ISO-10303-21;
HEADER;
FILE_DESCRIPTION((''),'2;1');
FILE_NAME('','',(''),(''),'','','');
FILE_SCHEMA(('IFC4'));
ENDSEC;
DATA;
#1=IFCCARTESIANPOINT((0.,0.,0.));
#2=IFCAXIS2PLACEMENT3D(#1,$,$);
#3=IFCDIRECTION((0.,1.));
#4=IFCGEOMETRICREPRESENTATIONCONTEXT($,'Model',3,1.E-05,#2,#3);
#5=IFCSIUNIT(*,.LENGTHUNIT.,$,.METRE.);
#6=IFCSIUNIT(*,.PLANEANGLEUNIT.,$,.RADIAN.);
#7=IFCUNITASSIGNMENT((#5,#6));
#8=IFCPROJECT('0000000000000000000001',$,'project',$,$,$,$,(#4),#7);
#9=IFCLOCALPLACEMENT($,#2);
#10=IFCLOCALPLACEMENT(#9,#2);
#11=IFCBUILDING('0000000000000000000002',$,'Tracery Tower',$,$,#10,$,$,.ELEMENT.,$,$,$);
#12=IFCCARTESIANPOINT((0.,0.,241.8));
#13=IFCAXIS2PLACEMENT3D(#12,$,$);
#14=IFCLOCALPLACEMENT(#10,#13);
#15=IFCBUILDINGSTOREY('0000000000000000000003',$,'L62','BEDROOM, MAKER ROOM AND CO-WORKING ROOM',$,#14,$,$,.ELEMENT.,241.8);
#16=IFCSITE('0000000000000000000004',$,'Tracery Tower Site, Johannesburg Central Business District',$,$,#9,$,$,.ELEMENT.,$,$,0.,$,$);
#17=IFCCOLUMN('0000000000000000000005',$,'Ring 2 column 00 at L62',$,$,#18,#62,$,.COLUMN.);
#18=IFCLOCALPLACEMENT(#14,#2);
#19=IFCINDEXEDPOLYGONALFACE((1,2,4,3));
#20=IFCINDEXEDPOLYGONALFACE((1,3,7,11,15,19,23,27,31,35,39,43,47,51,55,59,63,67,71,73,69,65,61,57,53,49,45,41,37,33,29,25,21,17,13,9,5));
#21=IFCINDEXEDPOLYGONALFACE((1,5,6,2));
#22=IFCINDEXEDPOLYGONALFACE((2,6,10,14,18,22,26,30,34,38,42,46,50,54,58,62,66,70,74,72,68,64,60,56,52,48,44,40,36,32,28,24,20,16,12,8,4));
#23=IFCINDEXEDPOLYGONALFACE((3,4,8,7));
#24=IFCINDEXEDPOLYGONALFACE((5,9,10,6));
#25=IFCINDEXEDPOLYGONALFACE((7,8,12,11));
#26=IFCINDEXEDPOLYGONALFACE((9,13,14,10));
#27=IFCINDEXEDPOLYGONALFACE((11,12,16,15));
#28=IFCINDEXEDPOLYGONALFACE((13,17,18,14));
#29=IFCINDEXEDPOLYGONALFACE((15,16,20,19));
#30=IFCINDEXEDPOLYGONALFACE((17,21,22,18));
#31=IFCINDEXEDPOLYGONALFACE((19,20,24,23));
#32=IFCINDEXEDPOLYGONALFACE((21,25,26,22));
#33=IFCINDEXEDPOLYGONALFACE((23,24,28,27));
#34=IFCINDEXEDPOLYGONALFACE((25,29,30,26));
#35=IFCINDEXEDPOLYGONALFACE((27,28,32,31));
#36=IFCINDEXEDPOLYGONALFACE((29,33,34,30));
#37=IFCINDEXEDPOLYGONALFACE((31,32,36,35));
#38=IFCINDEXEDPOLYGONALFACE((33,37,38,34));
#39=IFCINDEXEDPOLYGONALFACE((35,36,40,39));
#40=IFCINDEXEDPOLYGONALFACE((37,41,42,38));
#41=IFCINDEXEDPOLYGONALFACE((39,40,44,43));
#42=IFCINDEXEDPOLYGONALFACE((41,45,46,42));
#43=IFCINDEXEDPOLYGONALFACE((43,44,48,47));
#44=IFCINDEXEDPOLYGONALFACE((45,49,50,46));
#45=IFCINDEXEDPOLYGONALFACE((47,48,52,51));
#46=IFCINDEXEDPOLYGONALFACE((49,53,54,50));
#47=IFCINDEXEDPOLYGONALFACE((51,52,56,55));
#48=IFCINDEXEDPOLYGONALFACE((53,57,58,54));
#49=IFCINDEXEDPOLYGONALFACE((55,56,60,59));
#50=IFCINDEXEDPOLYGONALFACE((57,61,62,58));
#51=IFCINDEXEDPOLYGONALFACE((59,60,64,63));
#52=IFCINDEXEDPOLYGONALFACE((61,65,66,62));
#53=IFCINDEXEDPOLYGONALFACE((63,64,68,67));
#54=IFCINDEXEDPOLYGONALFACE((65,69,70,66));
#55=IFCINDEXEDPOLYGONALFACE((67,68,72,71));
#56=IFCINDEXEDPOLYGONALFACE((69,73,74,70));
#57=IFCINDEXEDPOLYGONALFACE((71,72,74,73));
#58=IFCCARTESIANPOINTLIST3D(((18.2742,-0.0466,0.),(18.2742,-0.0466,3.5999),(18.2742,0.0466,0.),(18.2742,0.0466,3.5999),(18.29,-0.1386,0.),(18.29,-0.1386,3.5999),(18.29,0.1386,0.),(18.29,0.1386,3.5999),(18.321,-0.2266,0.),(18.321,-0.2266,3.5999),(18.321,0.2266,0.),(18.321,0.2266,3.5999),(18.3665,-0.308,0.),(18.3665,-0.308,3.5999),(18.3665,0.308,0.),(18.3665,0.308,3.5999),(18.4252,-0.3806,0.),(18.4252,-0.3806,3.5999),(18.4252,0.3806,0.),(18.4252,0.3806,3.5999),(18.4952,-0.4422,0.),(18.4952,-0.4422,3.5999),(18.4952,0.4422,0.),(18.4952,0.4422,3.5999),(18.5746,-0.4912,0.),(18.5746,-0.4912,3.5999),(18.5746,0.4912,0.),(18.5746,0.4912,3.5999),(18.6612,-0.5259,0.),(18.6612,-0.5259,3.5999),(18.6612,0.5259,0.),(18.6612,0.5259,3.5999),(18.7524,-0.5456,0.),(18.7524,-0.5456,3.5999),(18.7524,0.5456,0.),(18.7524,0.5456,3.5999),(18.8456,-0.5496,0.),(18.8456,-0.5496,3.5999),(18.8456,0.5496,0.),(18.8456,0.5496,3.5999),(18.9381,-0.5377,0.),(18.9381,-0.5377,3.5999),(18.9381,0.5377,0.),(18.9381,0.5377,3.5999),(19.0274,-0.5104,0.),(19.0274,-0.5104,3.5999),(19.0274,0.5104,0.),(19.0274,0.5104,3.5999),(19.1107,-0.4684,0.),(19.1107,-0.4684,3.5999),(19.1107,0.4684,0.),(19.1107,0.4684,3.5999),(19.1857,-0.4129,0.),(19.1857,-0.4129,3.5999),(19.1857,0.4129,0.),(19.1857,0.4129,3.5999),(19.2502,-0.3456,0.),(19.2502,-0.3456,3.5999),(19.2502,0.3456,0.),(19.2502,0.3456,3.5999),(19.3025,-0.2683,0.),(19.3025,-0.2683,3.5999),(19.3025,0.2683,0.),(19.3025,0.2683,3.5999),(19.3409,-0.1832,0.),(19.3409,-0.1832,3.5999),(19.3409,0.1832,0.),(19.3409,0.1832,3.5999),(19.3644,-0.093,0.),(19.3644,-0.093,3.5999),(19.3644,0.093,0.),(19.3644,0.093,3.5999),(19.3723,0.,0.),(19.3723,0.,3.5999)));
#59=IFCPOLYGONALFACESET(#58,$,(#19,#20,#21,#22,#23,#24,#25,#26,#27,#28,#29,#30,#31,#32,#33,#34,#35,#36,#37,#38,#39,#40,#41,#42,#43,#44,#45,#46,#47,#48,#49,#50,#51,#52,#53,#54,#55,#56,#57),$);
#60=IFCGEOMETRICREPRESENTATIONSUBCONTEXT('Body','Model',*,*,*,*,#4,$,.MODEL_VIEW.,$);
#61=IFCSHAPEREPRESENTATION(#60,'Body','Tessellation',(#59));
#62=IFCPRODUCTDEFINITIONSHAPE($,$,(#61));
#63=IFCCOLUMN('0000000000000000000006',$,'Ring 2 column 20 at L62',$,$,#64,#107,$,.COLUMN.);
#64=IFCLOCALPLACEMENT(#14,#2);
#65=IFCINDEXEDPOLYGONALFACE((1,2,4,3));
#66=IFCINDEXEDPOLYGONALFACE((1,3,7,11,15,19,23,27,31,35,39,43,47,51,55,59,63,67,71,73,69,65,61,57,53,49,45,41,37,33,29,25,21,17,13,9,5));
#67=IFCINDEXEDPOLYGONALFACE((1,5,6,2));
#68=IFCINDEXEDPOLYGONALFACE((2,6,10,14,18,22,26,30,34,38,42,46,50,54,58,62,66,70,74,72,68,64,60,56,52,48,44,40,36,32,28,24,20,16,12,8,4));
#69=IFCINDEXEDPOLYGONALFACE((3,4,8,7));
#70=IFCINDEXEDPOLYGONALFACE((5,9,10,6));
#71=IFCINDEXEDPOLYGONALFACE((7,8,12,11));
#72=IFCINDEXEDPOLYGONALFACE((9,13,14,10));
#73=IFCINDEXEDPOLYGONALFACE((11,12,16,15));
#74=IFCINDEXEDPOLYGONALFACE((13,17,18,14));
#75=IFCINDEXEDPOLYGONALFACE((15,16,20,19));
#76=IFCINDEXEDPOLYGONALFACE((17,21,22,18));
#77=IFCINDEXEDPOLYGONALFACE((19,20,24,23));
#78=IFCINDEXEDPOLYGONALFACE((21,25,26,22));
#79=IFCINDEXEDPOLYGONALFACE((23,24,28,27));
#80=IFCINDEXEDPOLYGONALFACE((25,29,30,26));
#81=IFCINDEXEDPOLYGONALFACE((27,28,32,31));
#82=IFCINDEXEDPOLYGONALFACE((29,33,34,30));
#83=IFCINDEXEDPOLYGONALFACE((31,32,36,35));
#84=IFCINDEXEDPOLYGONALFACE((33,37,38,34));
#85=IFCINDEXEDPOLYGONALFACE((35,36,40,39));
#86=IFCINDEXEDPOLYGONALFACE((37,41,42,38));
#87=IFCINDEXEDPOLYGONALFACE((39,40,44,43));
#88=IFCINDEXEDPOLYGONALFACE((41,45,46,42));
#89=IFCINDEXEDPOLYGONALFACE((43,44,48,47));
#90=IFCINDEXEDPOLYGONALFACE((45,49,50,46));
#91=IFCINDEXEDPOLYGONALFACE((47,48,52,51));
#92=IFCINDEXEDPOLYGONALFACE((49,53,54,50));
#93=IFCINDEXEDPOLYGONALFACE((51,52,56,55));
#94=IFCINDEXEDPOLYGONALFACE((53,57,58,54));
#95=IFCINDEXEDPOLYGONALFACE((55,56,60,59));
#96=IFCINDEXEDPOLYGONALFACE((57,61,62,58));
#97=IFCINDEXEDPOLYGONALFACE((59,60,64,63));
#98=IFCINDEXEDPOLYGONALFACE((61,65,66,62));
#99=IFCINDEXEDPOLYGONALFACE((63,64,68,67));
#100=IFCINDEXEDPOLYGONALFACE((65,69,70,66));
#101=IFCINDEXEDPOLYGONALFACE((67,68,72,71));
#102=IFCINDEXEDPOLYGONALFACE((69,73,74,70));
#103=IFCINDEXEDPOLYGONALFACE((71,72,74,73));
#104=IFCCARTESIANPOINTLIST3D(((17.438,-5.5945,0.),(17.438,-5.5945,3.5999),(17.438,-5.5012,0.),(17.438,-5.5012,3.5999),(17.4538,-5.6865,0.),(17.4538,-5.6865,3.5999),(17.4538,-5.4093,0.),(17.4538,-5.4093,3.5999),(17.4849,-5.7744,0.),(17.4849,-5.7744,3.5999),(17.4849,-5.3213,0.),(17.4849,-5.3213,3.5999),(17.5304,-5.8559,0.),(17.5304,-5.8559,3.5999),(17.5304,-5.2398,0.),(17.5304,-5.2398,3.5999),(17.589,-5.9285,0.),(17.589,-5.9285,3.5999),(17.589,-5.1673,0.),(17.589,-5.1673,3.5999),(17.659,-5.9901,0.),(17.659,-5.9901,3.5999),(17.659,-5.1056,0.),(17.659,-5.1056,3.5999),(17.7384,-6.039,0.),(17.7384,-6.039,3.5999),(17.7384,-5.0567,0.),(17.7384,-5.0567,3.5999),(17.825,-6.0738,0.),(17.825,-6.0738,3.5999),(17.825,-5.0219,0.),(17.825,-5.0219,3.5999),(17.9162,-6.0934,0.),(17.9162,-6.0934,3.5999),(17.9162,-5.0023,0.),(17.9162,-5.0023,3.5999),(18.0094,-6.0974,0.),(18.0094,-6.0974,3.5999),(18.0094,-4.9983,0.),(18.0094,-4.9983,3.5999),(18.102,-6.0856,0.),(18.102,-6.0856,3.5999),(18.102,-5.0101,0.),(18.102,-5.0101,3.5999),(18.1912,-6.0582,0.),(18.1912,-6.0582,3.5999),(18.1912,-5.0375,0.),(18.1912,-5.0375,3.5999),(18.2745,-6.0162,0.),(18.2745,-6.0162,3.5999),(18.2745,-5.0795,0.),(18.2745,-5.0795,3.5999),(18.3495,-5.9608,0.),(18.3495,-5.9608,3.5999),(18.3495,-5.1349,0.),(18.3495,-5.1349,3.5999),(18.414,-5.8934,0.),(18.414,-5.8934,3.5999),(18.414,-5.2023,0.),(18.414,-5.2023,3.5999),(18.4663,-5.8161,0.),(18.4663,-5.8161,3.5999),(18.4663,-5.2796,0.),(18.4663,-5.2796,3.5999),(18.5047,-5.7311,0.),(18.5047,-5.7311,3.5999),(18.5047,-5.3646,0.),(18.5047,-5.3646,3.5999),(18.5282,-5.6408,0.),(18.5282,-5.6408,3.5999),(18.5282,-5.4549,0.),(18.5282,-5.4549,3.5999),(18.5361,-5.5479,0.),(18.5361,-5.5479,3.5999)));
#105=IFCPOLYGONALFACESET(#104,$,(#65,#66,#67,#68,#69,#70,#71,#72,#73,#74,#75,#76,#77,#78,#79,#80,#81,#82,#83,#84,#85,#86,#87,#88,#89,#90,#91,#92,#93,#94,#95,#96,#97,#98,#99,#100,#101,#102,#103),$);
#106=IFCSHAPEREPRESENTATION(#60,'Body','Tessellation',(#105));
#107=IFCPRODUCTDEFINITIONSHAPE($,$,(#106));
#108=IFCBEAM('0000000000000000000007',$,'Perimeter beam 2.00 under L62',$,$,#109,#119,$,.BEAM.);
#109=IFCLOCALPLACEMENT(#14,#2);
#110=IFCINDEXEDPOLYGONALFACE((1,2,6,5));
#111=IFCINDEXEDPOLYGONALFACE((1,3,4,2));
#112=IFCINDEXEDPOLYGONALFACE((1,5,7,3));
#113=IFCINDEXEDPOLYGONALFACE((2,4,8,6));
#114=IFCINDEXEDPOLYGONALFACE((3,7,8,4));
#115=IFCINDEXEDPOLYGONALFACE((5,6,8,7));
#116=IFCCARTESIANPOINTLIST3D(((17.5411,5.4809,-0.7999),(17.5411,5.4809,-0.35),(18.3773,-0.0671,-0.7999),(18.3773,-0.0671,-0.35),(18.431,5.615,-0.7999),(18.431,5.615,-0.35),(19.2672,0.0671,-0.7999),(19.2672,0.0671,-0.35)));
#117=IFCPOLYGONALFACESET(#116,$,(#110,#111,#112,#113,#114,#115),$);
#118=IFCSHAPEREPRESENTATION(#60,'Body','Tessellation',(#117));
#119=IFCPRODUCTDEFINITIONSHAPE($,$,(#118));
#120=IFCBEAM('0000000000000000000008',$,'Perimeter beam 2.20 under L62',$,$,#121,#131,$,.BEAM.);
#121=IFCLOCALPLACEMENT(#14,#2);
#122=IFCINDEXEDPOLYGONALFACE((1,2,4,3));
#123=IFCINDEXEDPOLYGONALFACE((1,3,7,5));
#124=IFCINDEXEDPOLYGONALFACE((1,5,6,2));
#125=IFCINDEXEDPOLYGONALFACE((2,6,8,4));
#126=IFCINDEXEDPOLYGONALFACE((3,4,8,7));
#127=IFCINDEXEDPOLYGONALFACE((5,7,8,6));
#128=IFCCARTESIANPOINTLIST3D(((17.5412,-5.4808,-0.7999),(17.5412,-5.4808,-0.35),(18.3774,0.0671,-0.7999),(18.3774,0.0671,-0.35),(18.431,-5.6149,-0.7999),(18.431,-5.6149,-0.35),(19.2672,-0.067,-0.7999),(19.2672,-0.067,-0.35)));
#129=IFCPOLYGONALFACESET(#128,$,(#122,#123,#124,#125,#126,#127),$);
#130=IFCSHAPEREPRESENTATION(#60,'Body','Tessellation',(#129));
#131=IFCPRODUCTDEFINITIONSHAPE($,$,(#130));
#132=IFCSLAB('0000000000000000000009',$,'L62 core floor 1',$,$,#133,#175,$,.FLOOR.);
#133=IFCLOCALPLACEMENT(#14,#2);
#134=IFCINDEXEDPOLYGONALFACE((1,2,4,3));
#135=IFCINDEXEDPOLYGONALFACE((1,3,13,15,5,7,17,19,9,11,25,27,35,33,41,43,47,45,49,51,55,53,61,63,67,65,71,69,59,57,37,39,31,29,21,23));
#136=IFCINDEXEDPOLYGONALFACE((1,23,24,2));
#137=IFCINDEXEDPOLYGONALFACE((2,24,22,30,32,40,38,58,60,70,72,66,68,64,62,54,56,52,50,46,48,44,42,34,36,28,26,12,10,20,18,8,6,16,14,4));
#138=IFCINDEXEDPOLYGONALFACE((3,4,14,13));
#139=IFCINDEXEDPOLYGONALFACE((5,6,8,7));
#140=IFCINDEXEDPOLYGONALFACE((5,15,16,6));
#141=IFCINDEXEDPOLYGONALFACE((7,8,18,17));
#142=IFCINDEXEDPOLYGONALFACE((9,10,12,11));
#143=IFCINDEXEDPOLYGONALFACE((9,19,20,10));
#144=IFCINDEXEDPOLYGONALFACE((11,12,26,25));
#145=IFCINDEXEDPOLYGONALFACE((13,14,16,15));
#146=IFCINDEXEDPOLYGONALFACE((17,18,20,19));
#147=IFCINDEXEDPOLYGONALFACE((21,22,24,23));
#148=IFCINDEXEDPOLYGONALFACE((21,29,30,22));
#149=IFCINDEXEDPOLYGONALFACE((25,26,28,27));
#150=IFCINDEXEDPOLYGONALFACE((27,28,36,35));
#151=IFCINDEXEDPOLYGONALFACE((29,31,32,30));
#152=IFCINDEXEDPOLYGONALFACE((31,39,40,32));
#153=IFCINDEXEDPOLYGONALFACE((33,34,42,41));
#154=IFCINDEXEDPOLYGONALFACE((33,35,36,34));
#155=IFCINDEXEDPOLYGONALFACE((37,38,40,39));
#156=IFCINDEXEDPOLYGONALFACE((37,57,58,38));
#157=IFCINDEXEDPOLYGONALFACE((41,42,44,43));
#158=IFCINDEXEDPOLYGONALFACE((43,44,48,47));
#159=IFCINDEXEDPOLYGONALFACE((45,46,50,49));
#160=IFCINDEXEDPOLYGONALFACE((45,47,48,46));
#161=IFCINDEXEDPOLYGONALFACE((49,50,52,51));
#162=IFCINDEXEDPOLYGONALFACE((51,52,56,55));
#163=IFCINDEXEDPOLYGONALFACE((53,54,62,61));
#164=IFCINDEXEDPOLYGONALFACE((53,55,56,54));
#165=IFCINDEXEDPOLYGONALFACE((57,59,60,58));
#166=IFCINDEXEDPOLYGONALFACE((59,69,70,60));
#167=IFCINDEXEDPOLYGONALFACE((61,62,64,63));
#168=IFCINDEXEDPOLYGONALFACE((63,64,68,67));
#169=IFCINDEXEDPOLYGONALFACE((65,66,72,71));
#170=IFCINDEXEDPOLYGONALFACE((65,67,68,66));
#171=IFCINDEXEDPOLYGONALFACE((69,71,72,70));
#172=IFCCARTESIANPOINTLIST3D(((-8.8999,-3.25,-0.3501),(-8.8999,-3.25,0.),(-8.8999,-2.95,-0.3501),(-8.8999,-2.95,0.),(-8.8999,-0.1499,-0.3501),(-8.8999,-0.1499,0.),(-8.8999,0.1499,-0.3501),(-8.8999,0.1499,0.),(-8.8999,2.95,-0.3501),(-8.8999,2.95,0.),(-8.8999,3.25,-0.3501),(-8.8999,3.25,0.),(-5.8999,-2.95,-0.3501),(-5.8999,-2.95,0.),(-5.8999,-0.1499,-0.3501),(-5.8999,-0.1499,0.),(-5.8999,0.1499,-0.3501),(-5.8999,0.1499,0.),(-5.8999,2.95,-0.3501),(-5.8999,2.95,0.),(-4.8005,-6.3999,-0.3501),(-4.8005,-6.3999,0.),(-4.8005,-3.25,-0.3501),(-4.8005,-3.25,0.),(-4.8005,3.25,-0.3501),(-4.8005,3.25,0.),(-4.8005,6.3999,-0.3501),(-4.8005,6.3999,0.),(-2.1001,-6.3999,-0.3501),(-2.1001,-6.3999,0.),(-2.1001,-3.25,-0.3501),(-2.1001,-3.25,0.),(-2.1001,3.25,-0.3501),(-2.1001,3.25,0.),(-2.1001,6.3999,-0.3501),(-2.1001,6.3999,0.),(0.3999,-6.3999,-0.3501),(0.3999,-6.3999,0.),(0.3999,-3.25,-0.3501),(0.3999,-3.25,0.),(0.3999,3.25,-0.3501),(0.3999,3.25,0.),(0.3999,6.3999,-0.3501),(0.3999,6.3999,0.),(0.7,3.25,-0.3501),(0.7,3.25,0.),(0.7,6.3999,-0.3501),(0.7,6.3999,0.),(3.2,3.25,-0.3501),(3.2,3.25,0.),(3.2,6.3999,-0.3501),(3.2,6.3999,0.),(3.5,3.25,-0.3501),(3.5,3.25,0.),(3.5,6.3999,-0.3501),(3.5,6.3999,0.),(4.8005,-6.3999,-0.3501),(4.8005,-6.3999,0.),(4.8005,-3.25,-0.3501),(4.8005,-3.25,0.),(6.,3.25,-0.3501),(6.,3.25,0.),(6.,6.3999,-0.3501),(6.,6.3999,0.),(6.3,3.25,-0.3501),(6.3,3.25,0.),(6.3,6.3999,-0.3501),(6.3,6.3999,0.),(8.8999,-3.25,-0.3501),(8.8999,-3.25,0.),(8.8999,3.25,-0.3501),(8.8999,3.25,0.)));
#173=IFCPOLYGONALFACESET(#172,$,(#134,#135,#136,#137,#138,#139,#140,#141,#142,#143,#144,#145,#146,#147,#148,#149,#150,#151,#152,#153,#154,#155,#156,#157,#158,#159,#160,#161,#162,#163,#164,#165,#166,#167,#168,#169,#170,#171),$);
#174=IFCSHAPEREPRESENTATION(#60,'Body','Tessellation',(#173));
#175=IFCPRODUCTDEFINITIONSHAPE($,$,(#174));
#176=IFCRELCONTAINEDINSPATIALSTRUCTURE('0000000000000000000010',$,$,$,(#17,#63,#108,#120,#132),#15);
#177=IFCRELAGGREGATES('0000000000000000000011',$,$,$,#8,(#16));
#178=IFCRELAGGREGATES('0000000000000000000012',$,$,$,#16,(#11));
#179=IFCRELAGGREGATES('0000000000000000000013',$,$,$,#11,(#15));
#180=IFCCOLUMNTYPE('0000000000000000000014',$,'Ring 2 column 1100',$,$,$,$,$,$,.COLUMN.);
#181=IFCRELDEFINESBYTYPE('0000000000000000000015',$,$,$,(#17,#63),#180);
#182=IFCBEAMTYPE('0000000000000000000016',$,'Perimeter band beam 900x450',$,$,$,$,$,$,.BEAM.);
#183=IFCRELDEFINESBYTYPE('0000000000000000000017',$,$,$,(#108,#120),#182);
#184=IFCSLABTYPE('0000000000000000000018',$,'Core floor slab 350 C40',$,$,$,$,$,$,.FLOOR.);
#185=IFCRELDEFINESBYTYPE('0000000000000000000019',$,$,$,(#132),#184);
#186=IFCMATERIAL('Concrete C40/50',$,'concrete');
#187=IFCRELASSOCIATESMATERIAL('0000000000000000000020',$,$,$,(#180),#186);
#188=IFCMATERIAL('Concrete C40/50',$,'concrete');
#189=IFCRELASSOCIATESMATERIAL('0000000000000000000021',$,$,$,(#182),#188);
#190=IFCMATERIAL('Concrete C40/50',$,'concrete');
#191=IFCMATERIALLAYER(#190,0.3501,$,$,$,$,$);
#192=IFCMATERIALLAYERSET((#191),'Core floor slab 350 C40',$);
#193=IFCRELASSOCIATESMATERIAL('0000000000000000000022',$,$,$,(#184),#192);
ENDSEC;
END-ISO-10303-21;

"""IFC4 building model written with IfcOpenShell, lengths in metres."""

from ifc_helpers import new_model, si_unit, direction, frame, origin, origin_2d, place, context, subcontext, project, spatial, polyline, rectangle, circle, outline, extrude, material, layer, layer_set, material_profile, profile_set, type_object, element, save


model = new_model("IFC4")

# Units and contexts
model_context = context("Model", 3, precision=1e-05, world=origin(), true_north=direction((0.0, 1.0)))
body_context = subcontext(model_context, "Body", "Model", "MODEL_VIEW")
ifc_project = project(units=[si_unit("LENGTHUNIT", "METRE"), si_unit("PLANEANGLEUNIT", "RADIAN")], contexts=[model_context])

# Site, building, storey
site_placement = place(None, origin())
site = spatial("IfcSite", under=ifc_project, at=site_placement, Name="Tracery Tower Site, Johannesburg Central Business District", CompositionType="ELEMENT", RefElevation=0.0)
building_placement = place(site_placement, origin())
building = spatial("IfcBuilding", under=site, at=building_placement, Name="Tracery Tower", CompositionType="ELEMENT")
storey_placement = place(building_placement, frame((0.0, 0.0, 241.8)))
storey = spatial("IfcBuildingStorey", under=building, at=storey_placement, Name="L62", Description="BEDROOM, MAKER ROOM AND CO-WORKING ROOM", CompositionType="ELEMENT", Elevation=241.8)

# Columns
ifc_material_1 = material(Name="Concrete C40/50", Category="concrete")
ifc_material_profile_1 = material_profile(ifc_material_1, circle(Radius=0.55, at=origin_2d()), Name="RC D1100")
ifc_profile_set_1 = profile_set([ifc_material_profile_1], Name="Concrete C40/50")
column_type = type_object("IfcColumnType", Name="Ring 2 column 1100", PredefinedType="COLUMN", material=ifc_profile_set_1)
for number, where, z_axis, x_axis, name in (
    (1, (18.8223, 0.0, 0.0), (0.0, 0.0, 1.0), (1.0, 0.0, 0.0), "Ring 2 column 00 at L62"),
    (2, (17.9861, -5.5479, 0.0), (0.0, 0.0, 1.0), (1.0, 0.0, 0.0), "Ring 2 column 20 at L62"),
):
    element("IfcColumn", number, at=place(storey_placement, frame(where, z_axis=z_axis, x_axis=x_axis)), inside=storey, type_object=column_type, Name=name, PredefinedType="COLUMN", context=body_context, shape_type="SweptSolid", body=[
        extrude(circle(Radius=0.55, at=origin_2d()), origin(), (0.0, 0.0, 1.0), 3.5999),
    ])

# Beams
ifc_material_2 = material(Name="Concrete C40/50", Category="concrete")
ifc_material_profile_2 = material_profile(ifc_material_2, rectangle(XDim=0.8999, YDim=0.45, at=origin_2d()), Name="RC 900x450")
ifc_profile_set_2 = profile_set([ifc_material_profile_2], Name="Concrete C40/50")
beam_type = type_object("IfcBeamType", Name="Perimeter band beam 900x450", PredefinedType="BEAM", material=ifc_profile_set_2)
for number, where, z_axis, x_axis, name in (
    (3, (18.8223, 0.0, -0.575), (-0.149038, 0.988831, 0.0), (-0.988831, -0.149038, 0.0), "Perimeter beam 2.00 under L62"),
    (4, (17.9861, -5.5479, -0.575), (0.149038, 0.988831, 0.0), (-0.988831, 0.149038, 0.0), "Perimeter beam 2.20 under L62"),
):
    element("IfcBeam", number, at=place(storey_placement, frame(where, z_axis=z_axis, x_axis=x_axis)), inside=storey, type_object=beam_type, Name=name, PredefinedType="BEAM", context=body_context, shape_type="SweptSolid", body=[
        extrude(rectangle(XDim=0.8999, YDim=0.45, at=origin_2d()), origin(), (0.0, 0.0, 1.0), 5.6106),
    ])

# Slab
ifc_material_3 = material(Name="Concrete C40/50", Category="concrete")
ifc_layer_1 = layer(ifc_material_3, 0.3501)
ifc_layer_set_1 = layer_set([ifc_layer_1], Name="Core floor slab 350 C40")
slab_type_1 = type_object("IfcSlabType", Name="Core floor slab 350 C40", PredefinedType="FLOOR", material=ifc_layer_set_1)
slab_1_placement = place(storey_placement, frame((0.0, 0.0, -0.3501)))
element("IfcSlab", 5, at=slab_1_placement, inside=storey, type_object=slab_type_1, Name="L62 core floor 1", PredefinedType="FLOOR", context=body_context, shape_type="SweptSolid", body=[
    extrude(outline(polyline([(-4.8005, -3.25), (-8.8999, -3.25), (-8.8999, -2.95), (-5.8999, -2.95), (-5.8999, -0.1499), (-8.8999, -0.1499), (-8.8999, 0.1499), (-5.8999, 0.1499), (-5.8999, 2.95), (-8.8999, 2.95), (-8.8999, 3.25), (-4.8005, 3.25), (-4.8005, 6.3999), (-2.1001, 6.3999), (-2.1001, 3.25), (0.3999, 3.25), (0.3999, 6.3999), (0.7, 6.3999), (0.7, 3.25), (3.2, 3.25), (3.2, 6.3999), (3.5, 6.3999), (3.5, 3.25), (6.0, 3.25), (6.0, 6.3999), (6.3, 6.3999), (6.3, 3.25), (8.8999, 3.25), (8.8999, -3.25), (4.8005, -3.25), (4.8005, -6.3999), (0.3999, -6.3999), (0.3999, -3.25), (-2.1001, -3.25), (-2.1001, -6.3999), (-4.8005, -6.3999), (-4.8005, -3.25)])), origin(), (0.0, 0.0, 1.0), 0.3501),
])

save(model, "model.ifc")
